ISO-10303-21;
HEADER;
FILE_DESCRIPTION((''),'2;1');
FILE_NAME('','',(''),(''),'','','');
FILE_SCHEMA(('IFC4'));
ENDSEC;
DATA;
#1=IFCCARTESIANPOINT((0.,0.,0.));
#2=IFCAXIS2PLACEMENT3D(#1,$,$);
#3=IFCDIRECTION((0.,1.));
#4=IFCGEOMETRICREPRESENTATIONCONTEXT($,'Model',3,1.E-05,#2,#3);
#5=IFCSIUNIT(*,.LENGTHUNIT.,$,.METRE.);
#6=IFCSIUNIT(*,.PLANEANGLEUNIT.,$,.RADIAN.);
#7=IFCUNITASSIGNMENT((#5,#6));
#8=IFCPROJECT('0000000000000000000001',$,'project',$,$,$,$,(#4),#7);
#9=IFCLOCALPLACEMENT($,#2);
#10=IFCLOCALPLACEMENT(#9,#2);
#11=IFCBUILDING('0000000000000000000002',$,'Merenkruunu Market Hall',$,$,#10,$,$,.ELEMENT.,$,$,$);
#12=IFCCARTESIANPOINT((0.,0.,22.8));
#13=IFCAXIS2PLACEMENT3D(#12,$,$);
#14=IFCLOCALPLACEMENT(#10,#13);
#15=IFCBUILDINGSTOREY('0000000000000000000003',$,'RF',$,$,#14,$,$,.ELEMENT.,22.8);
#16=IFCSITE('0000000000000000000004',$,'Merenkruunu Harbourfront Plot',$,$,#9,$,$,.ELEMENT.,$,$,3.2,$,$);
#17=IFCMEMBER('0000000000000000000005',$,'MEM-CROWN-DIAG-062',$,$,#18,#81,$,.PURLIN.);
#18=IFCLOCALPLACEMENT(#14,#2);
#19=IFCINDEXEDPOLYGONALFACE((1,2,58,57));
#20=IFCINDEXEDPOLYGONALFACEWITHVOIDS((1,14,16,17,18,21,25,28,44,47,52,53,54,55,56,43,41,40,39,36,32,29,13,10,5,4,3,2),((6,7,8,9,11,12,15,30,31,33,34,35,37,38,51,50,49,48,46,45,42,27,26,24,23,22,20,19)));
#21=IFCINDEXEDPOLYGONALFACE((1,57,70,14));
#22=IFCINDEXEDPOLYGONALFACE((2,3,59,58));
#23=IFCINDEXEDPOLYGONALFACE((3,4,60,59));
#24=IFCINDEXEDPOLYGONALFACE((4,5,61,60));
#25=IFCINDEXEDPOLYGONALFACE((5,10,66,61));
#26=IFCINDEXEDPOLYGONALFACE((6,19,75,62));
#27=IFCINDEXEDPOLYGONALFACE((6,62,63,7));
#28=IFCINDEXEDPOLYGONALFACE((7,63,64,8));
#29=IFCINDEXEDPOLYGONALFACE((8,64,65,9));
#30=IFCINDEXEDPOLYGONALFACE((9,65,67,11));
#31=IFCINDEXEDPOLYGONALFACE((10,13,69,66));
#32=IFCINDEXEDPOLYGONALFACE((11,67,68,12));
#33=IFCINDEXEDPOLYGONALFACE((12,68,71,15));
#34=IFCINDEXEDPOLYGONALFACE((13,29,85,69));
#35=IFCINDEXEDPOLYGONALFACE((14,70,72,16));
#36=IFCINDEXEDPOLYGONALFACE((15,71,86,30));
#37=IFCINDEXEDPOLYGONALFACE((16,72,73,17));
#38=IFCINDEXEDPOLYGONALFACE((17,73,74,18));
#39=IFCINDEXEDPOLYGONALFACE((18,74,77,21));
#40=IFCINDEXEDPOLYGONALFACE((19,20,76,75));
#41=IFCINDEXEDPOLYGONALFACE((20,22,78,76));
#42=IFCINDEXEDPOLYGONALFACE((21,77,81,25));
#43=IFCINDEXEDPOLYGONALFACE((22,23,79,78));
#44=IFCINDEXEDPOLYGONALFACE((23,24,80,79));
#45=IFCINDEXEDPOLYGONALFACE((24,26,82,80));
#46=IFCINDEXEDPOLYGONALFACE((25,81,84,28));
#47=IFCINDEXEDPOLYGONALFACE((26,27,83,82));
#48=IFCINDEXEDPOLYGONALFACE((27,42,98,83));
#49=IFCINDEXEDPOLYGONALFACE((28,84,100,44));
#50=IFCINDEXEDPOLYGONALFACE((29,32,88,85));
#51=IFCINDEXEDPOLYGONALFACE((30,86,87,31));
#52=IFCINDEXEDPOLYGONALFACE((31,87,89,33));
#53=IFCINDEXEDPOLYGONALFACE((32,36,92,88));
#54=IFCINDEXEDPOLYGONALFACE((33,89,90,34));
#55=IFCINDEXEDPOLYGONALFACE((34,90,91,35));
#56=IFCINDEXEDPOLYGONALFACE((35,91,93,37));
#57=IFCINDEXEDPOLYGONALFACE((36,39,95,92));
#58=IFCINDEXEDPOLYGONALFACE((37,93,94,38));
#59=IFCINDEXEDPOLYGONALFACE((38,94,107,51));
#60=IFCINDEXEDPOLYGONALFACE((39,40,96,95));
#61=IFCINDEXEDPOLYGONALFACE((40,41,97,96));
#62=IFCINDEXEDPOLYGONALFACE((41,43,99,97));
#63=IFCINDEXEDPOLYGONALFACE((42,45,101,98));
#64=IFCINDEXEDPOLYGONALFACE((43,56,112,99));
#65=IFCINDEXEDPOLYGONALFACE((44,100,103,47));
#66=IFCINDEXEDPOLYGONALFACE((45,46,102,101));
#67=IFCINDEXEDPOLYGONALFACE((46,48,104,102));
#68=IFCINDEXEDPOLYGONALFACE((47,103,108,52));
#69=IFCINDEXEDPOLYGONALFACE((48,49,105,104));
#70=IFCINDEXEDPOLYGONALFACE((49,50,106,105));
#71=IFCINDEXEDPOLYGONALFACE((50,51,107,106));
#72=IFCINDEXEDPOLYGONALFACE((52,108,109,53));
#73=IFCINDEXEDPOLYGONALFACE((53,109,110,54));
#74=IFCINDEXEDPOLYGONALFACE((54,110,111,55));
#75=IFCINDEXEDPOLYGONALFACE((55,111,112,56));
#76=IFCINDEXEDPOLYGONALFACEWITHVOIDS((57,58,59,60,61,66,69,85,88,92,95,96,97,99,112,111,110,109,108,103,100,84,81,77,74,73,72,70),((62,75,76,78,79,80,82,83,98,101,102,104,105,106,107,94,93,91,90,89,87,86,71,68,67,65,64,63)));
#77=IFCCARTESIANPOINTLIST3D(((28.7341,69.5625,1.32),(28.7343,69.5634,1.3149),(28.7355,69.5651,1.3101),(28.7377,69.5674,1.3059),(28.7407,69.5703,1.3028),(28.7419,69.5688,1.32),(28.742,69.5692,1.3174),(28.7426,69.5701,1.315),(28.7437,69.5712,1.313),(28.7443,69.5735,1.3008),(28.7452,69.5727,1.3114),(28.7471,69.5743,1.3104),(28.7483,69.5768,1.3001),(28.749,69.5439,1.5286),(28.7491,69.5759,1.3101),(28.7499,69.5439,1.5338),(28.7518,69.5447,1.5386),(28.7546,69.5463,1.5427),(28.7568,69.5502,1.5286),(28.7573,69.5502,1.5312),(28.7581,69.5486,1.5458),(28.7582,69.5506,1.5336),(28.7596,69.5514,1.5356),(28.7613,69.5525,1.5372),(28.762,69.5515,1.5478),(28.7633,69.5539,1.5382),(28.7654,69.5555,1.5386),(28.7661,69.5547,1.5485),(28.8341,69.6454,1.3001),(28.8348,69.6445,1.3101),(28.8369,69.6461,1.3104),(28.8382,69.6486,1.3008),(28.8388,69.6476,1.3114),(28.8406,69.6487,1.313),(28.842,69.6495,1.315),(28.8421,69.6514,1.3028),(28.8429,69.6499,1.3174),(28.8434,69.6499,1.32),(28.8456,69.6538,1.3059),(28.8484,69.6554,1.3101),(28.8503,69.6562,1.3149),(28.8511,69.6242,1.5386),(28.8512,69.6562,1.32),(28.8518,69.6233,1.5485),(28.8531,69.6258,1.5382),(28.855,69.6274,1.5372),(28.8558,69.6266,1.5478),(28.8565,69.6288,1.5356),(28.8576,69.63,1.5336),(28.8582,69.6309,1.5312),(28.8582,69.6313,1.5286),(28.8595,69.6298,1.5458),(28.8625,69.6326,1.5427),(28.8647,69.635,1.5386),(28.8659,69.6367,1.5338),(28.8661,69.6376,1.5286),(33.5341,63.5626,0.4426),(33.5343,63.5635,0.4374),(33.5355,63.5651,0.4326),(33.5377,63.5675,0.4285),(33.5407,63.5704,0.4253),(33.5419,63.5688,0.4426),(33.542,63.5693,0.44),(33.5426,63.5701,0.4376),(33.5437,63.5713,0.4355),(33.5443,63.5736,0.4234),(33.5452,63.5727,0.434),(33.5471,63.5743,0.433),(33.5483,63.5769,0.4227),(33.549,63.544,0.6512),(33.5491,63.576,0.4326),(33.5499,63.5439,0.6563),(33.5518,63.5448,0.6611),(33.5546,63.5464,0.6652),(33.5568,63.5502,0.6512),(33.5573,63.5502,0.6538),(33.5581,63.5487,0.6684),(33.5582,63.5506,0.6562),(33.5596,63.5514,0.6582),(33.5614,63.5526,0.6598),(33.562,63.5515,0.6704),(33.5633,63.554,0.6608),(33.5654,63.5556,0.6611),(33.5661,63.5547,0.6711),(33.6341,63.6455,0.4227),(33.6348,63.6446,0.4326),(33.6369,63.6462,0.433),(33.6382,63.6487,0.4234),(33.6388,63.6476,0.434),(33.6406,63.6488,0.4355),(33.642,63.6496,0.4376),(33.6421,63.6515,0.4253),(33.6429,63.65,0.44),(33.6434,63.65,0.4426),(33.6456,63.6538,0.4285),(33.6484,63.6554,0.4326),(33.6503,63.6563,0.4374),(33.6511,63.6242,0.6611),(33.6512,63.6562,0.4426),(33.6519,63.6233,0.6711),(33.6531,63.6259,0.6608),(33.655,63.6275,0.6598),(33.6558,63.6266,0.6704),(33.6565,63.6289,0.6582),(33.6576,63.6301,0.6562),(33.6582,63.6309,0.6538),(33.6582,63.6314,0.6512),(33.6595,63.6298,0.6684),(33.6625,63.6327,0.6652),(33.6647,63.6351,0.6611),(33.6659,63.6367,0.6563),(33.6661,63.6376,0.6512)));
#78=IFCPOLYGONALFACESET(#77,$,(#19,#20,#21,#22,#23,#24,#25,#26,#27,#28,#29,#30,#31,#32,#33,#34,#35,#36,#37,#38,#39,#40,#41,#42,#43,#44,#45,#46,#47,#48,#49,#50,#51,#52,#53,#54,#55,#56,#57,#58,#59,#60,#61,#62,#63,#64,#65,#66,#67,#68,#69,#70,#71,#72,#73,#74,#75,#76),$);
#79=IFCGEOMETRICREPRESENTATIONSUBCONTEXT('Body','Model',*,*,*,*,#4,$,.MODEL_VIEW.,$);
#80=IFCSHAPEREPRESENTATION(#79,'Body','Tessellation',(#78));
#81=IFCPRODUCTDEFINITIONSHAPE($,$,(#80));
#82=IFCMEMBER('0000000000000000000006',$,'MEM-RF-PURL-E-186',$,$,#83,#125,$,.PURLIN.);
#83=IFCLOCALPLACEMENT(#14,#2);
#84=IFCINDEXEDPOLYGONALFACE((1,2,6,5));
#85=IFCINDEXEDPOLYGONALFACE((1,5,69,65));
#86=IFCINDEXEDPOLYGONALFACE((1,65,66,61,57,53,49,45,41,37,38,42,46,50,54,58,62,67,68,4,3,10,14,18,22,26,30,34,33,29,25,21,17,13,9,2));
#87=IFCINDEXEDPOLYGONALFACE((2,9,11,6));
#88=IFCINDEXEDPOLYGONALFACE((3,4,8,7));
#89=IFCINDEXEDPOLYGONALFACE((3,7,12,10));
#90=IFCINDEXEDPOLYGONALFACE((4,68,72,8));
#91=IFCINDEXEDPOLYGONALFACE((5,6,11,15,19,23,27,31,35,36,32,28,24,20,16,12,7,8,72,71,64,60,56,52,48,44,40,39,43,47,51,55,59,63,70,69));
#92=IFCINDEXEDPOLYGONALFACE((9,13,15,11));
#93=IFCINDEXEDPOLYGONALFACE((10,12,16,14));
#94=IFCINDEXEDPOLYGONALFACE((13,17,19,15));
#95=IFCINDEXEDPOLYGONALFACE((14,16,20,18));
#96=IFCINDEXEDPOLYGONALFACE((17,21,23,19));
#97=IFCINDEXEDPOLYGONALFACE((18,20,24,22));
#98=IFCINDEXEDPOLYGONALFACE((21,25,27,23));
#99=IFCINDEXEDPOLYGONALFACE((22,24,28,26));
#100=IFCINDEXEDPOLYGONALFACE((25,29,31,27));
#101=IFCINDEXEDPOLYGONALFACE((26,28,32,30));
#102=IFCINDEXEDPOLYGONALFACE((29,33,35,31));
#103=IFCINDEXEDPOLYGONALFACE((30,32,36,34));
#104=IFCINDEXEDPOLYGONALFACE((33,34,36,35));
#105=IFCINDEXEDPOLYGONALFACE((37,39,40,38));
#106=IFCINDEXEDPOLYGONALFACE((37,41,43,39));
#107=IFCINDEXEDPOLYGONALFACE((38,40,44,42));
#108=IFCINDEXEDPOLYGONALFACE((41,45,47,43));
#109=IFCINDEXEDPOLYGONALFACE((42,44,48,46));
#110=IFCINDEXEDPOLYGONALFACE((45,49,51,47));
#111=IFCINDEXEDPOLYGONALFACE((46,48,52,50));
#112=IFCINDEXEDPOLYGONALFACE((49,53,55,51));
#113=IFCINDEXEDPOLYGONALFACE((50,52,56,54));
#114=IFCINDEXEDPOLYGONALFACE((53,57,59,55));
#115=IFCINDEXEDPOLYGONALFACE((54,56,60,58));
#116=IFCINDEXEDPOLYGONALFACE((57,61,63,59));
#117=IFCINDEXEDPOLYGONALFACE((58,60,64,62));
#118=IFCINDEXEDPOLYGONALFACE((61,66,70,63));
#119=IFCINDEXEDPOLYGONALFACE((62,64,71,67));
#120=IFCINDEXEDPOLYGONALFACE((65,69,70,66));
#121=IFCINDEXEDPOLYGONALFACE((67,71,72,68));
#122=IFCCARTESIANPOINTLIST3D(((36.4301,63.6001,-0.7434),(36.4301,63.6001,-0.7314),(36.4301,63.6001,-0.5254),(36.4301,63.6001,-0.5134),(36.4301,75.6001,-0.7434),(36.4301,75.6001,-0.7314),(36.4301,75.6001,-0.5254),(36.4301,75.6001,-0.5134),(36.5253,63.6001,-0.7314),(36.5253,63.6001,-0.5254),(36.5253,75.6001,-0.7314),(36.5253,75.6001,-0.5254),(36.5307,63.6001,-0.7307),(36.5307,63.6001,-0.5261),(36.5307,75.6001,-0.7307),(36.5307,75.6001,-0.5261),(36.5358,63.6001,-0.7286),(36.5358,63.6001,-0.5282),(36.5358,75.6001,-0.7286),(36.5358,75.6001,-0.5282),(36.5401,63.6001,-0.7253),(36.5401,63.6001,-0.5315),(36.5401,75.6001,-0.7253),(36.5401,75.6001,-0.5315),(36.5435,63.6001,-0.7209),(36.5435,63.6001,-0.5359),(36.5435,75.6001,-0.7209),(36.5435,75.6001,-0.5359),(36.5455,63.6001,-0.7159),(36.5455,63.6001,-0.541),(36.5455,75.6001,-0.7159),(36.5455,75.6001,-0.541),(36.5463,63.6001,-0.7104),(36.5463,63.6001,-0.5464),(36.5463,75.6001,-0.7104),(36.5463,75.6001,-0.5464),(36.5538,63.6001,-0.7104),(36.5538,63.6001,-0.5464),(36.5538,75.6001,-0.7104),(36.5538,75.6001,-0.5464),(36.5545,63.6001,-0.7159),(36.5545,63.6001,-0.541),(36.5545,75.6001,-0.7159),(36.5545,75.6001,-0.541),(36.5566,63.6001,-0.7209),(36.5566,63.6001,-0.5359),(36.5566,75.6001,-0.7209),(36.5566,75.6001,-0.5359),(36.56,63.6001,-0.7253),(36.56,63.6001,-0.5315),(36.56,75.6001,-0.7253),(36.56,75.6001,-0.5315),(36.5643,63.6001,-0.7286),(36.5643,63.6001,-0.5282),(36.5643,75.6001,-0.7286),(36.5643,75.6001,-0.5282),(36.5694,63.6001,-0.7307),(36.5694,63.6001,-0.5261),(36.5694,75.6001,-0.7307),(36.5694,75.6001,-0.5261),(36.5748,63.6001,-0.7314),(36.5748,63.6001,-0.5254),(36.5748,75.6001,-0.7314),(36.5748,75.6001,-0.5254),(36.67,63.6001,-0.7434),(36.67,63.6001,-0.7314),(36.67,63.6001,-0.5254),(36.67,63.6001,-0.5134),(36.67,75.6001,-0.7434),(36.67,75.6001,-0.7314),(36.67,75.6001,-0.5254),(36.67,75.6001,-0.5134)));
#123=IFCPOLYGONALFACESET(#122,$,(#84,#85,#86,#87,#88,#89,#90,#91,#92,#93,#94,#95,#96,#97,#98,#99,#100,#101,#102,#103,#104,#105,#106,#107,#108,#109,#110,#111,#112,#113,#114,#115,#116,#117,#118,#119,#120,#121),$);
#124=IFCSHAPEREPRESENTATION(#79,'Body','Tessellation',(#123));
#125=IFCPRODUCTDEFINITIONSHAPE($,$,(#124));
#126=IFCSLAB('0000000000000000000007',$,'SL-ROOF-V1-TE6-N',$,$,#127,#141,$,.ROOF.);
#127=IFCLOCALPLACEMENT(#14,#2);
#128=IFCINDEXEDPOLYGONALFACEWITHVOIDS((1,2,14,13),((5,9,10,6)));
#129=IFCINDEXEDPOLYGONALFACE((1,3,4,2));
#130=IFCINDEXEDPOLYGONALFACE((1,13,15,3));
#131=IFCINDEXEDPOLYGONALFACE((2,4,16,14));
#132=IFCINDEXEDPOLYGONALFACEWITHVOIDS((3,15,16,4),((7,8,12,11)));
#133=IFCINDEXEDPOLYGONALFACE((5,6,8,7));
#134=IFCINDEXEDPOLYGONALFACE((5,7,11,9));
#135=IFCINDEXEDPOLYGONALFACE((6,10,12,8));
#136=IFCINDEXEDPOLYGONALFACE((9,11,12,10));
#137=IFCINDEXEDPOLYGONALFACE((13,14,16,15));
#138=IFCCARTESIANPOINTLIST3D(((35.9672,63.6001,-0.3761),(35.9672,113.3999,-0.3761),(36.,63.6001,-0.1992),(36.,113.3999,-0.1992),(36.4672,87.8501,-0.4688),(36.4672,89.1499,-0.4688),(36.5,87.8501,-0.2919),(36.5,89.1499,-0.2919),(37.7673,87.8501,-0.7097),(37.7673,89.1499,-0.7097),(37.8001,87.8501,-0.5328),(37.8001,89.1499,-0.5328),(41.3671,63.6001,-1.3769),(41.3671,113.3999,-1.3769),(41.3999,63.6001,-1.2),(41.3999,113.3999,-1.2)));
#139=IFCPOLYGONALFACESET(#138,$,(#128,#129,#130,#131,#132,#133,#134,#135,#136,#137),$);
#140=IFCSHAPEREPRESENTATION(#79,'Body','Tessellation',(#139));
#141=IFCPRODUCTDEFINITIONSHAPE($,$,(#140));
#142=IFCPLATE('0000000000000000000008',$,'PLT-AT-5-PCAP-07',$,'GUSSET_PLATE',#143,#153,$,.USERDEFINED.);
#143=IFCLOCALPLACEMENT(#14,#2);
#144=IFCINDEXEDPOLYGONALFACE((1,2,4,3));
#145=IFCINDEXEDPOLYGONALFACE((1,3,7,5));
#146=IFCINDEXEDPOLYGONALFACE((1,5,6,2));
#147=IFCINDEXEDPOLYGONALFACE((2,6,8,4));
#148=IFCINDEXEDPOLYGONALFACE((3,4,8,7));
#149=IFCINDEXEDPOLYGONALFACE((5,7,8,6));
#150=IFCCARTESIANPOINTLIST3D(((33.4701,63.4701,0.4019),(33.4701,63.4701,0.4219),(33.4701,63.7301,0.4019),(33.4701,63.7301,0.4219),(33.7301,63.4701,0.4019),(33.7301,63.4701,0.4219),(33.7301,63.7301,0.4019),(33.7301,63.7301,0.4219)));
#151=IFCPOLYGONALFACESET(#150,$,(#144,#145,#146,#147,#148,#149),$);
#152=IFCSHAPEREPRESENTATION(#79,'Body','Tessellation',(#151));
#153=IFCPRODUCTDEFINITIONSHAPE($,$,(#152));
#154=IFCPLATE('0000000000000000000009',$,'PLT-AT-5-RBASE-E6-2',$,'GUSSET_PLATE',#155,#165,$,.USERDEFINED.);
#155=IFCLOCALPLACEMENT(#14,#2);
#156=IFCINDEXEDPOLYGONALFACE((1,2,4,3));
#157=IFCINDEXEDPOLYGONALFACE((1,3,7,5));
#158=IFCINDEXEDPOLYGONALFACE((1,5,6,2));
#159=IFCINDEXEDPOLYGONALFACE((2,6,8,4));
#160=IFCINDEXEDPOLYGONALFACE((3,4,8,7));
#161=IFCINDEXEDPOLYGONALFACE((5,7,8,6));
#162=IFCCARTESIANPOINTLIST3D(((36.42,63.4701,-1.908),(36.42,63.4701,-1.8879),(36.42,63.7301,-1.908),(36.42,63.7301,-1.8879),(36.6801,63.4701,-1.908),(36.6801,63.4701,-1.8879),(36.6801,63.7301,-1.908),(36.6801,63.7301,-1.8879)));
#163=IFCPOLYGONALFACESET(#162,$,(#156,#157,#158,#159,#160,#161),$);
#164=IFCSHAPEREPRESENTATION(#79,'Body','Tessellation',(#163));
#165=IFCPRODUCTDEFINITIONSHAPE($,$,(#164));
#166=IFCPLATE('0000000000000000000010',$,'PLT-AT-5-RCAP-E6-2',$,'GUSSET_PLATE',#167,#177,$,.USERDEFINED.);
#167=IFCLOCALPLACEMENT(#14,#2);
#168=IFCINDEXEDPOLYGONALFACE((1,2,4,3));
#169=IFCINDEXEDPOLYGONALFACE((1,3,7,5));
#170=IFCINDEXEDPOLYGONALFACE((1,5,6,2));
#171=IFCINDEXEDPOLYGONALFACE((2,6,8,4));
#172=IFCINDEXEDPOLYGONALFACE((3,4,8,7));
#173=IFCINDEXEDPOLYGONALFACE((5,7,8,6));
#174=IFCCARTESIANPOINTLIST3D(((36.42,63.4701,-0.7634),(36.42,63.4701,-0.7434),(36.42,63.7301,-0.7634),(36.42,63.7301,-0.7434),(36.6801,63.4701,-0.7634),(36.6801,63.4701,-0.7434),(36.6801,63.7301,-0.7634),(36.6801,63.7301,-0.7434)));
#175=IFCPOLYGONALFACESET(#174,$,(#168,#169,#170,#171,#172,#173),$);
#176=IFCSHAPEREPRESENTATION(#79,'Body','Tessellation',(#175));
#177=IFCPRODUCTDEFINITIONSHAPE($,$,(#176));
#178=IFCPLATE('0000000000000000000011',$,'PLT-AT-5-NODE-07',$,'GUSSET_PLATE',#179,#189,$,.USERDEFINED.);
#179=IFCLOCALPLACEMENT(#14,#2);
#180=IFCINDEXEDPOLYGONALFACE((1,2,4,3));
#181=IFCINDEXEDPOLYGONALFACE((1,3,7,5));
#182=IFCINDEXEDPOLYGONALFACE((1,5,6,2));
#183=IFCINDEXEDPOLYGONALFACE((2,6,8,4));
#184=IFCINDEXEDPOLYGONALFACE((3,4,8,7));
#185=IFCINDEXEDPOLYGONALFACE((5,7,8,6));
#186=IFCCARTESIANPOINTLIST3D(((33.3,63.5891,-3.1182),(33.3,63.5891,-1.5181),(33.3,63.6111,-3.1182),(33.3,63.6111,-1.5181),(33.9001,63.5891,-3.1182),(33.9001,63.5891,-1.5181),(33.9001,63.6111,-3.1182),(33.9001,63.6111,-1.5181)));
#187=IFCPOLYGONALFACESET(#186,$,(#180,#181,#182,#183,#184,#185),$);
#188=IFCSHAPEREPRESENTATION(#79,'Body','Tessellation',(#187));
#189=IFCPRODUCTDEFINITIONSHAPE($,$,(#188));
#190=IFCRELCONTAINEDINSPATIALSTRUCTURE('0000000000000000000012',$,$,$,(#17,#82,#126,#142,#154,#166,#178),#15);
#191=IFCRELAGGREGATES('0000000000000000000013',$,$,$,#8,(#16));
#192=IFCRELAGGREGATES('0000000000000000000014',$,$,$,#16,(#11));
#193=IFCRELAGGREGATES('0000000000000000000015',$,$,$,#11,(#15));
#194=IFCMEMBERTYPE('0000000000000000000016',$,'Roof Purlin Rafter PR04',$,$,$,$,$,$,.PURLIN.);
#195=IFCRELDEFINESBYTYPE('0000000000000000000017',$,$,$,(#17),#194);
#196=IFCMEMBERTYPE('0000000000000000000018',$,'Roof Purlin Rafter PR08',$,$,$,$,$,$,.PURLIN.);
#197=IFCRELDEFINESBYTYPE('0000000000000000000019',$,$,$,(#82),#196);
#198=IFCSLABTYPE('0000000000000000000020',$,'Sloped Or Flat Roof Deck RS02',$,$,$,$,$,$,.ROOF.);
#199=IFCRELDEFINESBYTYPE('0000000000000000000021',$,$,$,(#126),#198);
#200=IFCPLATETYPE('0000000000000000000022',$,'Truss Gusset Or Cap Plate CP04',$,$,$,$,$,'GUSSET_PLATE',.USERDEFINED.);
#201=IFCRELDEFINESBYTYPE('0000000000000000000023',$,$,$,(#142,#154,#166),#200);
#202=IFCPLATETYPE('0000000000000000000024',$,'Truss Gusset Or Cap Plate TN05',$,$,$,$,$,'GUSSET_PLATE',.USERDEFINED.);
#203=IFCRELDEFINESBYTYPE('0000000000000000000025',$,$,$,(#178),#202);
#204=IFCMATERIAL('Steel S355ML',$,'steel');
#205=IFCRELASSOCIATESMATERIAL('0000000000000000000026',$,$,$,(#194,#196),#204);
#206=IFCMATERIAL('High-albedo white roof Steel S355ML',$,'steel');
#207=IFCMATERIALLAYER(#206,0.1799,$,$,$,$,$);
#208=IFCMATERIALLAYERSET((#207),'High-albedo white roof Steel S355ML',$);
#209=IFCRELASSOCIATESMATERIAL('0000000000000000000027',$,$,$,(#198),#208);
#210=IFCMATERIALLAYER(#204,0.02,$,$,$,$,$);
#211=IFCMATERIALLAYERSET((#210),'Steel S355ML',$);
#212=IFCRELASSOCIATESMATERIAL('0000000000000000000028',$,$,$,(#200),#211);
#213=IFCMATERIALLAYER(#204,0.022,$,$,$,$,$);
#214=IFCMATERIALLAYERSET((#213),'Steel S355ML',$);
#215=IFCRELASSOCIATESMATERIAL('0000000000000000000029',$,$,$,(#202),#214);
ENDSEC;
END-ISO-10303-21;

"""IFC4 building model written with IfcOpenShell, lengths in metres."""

from ifc_helpers import new_model, si_unit, direction, frame, origin, origin_2d, place, context, subcontext, project, spatial, polyline, rectangle, hollow_rectangle, i_section, outline, extrude, material, layer, layer_set, material_profile, profile_set, type_object, element, save


model = new_model("IFC4")

# Units and contexts
model_context = context("Model", 3, precision=1e-05, world=origin(), true_north=direction((0.0, 1.0)))
body_context = subcontext(model_context, "Body", "Model", "MODEL_VIEW")
ifc_project = project(units=[si_unit("LENGTHUNIT", "METRE"), si_unit("PLANEANGLEUNIT", "RADIAN")], contexts=[model_context])

# Site, building, storey
site_placement = place(None, origin())
site = spatial("IfcSite", under=ifc_project, at=site_placement, Name="Merenkruunu Harbourfront Plot", CompositionType="ELEMENT", RefElevation=3.2)
building_placement = place(site_placement, origin())
building = spatial("IfcBuilding", under=site, at=building_placement, Name="Merenkruunu Market Hall", CompositionType="ELEMENT")
storey_placement = place(building_placement, frame((0.0, 0.0, 22.8)))
storey = spatial("IfcBuildingStorey", under=building, at=storey_placement, Name="RF", CompositionType="ELEMENT", Elevation=22.8)

# Members
ifc_material_1 = material(Name="Steel S355ML", Category="steel")
ifc_material_profile_1 = material_profile(ifc_material_1, hollow_rectangle(XDim=0.1499, YDim=0.25, WallThickness=0.01, InnerFilletRadius=0.01, OuterFilletRadius=0.02, at=origin_2d()), Name="RHS 250x150x10")
ifc_profile_set_1 = profile_set([ifc_material_profile_1], Name="Steel S355ML")
member_type_1 = type_object("IfcMemberType", Name="Roof Purlin Rafter PR04", PredefinedType="PURLIN", material=ifc_profile_set_1)
member_1_placement = place(storey_placement, frame((33.6001, 63.6001, 0.5469), z_axis=(-0.620665, 0.775824, 0.113457), x_axis=(-0.780866, -0.624699, 0.0)))
element("IfcMember", 1, at=member_1_placement, inside=storey, type_object=member_type_1, Name="MEM-CROWN-DIAG-062", PredefinedType="PURLIN", context=body_context, shape_type="SweptSolid", body=[
    extrude(hollow_rectangle(XDim=0.1499, YDim=0.25, WallThickness=0.01, InnerFilletRadius=0.01, OuterFilletRadius=0.02, at=origin_2d()), origin(), (0.0, 0.0, 1.0), 7.7336),
])
ifc_material_profile_2 = material_profile(ifc_material_1, i_section(OverallWidth=0.24, OverallDepth=0.23, WebThickness=0.0076, FlangeThickness=0.012, FilletRadius=0.021, at=origin_2d()), Name="HEA 240")
ifc_profile_set_2 = profile_set([ifc_material_profile_2], Name="Steel S355ML")
member_type_2 = type_object("IfcMemberType", Name="Roof Purlin Rafter PR08", PredefinedType="PURLIN", material=ifc_profile_set_2)
member_2_placement = place(storey_placement, frame((36.55, 63.6001, -0.6284), z_axis=(0.0, 1.0, 0.0), x_axis=(-1.0, 0.0, 0.0)))
element("IfcMember", 2, at=member_2_placement, inside=storey, type_object=member_type_2, Name="MEM-RF-PURL-E-186", PredefinedType="PURLIN", context=body_context, shape_type="SweptSolid", body=[
    extrude(i_section(OverallWidth=0.24, OverallDepth=0.23, WebThickness=0.0076, FlangeThickness=0.012, FilletRadius=0.021, at=origin_2d()), origin(), (0.0, 0.0, 1.0), 12.0),
])

# Slab
ifc_material_2 = material(Name="High-albedo white roof Steel S355ML", Category="steel")
ifc_layer_1 = layer(ifc_material_2, 0.1799)
ifc_layer_set_1 = layer_set([ifc_layer_1], Name="High-albedo white roof Steel S355ML")
slab_type = type_object("IfcSlabType", Name="Sloped Or Flat Roof Deck RS02", PredefinedType="ROOF", material=ifc_layer_set_1)
slab_placement = place(storey_placement, frame((36.0, 63.6001, -0.1992), z_axis=(0.182221, 0.0, 0.983258), x_axis=(0.983258, 0.0, -0.182221)))
element("IfcSlab", 3, at=slab_placement, inside=storey, type_object=slab_type, Name="SL-ROOF-V1-TE6-N", PredefinedType="ROOF", context=body_context, shape_type="SweptSolid", body=[
    extrude(outline(polyline([(0.0, 0.0), (5.4918, 0.0), (5.4918, 49.7998), (0.0, 49.7998), (0.0, 0.0)]), holes=[polyline([(0.5085, 24.25), (1.8307, 24.25), (1.8307, 25.5498), (0.5085, 25.5498), (0.5085, 24.25)])]), origin(), (0.0, 0.0, -1.0), 0.1799),
])

# Plates
ifc_layer_2 = layer(ifc_material_1, 0.02)
ifc_layer_set_2 = layer_set([ifc_layer_2], Name="Steel S355ML")
plate_type_1 = type_object("IfcPlateType", Name="Truss Gusset Or Cap Plate CP04", ElementType="GUSSET_PLATE", PredefinedType="USERDEFINED", material=ifc_layer_set_2)
for number, where, z_axis, x_axis, name in (
    (4, (33.6001, 63.6001, 0.4019), (0.0, 0.0, 1.0), (1.0, 0.0, 0.0), "PLT-AT-5-PCAP-07"),
    (5, (36.55, 63.6001, -1.908), (0.0, 0.0, 1.0), (1.0, 0.0, 0.0), "PLT-AT-5-RBASE-E6-2"),
    (6, (36.55, 63.6001, -0.7634), (0.0, 0.0, 1.0), (1.0, 0.0, 0.0), "PLT-AT-5-RCAP-E6-2"),
):
    element("IfcPlate", number, at=place(storey_placement, frame(where, z_axis=z_axis, x_axis=x_axis)), inside=storey, type_object=plate_type_1, Name=name, ObjectType="GUSSET_PLATE", PredefinedType="USERDEFINED", context=body_context, shape_type="SweptSolid", body=[
        extrude(rectangle(XDim=0.26, YDim=0.26, at=origin_2d()), origin(), (0.0, 0.0, 1.0), 0.02),
    ])
ifc_layer_3 = layer(ifc_material_1, 0.022)
ifc_layer_set_3 = layer_set([ifc_layer_3], Name="Steel S355ML")
plate_type_2 = type_object("IfcPlateType", Name="Truss Gusset Or Cap Plate TN05", ElementType="GUSSET_PLATE", PredefinedType="USERDEFINED", material=ifc_layer_set_3)
plate_placement = place(storey_placement, frame((33.6001, 63.6001, -3.1182), z_axis=(0.0, 0.0, 1.0), x_axis=(1.0, 0.0, 0.0)))
element("IfcPlate", 7, at=plate_placement, inside=storey, type_object=plate_type_2, Name="PLT-AT-5-NODE-07", ObjectType="GUSSET_PLATE", PredefinedType="USERDEFINED", context=body_context, shape_type="SweptSolid", body=[
    extrude(rectangle(XDim=0.6001, YDim=0.022, at=origin_2d()), origin(), (0.0, 0.0, 1.0), 1.6001),
])

save(model, "model.ifc")
